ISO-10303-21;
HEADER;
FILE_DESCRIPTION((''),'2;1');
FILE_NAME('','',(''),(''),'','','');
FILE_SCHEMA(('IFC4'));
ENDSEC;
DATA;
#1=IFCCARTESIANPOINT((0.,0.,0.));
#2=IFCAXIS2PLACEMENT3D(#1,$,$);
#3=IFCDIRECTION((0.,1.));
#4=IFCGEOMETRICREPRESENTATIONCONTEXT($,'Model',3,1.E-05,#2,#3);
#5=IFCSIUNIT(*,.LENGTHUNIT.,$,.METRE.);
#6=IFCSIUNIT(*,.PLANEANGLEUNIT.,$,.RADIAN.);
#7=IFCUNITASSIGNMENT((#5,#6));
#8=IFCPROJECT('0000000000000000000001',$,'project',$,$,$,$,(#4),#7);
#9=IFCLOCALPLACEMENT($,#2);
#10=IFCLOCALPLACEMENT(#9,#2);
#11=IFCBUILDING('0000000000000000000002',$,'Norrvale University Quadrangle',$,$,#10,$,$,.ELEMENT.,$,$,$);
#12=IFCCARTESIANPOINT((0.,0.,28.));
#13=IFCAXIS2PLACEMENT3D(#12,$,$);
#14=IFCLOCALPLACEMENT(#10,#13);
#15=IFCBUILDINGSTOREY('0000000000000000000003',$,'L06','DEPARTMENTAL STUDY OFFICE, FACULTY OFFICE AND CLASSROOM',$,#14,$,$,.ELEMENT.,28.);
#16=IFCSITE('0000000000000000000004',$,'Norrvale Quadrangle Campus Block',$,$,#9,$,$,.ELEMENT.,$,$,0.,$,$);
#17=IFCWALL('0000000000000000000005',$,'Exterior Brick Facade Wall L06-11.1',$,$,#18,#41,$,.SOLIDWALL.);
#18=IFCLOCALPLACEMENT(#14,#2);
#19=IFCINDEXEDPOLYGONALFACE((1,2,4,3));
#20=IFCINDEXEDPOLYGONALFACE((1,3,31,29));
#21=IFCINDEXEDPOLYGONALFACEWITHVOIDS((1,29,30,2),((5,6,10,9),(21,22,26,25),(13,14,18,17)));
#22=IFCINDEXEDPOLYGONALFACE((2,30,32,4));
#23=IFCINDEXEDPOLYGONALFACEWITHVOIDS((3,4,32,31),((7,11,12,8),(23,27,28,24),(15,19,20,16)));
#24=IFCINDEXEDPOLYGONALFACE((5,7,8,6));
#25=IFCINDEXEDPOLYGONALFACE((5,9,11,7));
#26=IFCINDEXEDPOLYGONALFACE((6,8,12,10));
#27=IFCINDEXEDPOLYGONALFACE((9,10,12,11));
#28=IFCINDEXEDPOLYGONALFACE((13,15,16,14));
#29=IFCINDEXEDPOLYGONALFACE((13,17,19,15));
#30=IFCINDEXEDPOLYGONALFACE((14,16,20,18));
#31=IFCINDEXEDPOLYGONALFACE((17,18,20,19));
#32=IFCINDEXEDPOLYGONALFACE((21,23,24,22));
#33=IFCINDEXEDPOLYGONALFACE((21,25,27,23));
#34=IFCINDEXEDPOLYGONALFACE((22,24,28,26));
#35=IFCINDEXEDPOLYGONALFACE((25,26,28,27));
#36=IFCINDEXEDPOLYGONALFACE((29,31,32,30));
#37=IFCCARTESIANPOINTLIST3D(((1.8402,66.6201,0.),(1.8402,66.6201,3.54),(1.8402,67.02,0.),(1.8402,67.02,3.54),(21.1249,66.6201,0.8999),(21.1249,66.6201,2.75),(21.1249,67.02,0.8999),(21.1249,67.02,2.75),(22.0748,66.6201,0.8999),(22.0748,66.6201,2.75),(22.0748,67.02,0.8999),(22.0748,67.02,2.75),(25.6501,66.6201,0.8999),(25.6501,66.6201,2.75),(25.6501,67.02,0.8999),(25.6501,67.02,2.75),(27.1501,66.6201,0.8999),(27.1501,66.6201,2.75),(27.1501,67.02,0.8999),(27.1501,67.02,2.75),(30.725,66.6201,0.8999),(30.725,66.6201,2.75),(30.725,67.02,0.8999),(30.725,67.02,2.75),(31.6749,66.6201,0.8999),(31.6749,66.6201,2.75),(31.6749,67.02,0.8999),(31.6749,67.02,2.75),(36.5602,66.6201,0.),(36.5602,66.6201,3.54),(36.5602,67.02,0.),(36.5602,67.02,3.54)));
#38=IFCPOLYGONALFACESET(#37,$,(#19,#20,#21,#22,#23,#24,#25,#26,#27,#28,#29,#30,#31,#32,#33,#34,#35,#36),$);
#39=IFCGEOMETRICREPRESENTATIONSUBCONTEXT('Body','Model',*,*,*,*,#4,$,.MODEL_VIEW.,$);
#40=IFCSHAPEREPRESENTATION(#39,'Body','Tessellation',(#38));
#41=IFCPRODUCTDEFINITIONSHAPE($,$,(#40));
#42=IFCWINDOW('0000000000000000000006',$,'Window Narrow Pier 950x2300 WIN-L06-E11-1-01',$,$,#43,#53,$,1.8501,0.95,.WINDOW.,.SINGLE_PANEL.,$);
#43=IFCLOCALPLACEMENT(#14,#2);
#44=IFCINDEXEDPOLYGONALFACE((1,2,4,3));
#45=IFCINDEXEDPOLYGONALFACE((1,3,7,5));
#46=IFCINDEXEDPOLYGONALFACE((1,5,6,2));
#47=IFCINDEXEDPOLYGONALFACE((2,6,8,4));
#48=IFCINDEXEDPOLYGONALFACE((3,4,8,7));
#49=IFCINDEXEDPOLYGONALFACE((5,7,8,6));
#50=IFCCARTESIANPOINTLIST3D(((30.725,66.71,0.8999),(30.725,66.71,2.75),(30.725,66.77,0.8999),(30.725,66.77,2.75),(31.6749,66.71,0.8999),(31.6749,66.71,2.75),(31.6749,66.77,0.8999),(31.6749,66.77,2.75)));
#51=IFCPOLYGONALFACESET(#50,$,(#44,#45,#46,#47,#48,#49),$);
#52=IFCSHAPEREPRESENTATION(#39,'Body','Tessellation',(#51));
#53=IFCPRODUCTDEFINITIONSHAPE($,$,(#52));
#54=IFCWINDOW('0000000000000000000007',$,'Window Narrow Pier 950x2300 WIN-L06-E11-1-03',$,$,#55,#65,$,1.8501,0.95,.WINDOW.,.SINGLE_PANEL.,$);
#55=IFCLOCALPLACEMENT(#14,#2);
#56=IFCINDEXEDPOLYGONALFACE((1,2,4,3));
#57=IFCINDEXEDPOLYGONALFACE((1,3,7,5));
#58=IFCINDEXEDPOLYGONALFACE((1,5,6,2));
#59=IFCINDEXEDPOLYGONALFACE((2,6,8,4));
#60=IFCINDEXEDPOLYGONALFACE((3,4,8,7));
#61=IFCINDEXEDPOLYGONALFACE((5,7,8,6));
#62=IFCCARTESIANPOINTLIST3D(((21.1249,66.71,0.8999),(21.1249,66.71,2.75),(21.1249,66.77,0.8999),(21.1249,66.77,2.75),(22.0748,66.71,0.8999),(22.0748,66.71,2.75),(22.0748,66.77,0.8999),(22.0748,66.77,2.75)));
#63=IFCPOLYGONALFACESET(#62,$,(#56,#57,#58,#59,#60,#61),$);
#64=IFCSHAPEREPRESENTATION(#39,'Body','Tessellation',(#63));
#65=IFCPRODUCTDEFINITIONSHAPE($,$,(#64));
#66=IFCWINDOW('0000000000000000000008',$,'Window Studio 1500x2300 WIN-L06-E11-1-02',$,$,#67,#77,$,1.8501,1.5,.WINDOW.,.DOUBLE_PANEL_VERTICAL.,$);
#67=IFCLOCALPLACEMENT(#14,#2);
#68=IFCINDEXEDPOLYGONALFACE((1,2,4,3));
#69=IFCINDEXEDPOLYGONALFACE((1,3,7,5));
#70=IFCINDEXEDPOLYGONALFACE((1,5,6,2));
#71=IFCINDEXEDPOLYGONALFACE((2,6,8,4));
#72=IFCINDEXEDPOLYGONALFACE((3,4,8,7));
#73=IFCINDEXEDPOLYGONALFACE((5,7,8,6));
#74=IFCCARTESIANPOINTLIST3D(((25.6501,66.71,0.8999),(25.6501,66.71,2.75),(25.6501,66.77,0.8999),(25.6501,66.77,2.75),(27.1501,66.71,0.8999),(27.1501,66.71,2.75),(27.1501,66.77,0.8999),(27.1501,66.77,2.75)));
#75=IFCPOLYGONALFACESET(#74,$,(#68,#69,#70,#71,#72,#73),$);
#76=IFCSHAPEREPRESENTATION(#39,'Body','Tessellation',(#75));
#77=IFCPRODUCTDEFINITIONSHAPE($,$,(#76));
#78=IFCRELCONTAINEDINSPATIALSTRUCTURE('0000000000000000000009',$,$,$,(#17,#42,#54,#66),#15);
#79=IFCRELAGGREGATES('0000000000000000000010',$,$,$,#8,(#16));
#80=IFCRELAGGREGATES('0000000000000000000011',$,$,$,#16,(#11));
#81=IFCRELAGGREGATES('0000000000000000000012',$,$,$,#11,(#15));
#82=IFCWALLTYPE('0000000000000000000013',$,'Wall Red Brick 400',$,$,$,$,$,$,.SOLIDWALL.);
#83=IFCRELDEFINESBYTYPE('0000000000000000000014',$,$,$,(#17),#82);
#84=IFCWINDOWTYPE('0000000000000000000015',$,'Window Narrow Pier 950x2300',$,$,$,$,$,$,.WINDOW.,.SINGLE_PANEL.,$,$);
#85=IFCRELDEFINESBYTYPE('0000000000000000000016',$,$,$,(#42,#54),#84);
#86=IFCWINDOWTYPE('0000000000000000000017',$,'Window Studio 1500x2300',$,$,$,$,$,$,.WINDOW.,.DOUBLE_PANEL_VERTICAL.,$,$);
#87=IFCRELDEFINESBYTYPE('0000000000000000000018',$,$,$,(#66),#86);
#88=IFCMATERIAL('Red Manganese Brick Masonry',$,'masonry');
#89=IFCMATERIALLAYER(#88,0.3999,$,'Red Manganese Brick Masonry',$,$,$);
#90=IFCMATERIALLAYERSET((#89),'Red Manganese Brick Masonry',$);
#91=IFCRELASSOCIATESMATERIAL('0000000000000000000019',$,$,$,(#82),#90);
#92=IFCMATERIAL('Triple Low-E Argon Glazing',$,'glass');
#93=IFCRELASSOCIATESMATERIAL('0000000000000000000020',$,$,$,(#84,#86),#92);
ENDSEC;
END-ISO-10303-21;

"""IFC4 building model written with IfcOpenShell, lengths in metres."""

from ifc_helpers import new_model, si_unit, direction, frame, frame_2d, origin, place, context, subcontext, project, spatial, rectangle, extrude, material, layer, layer_set, type_object, element, fill, save


model = new_model("IFC4")

# Units and contexts
model_context = context("Model", 3, precision=1e-05, world=origin(), true_north=direction((0.0, 1.0)))
body_context = subcontext(model_context, "Body", "Model", "MODEL_VIEW")
ifc_project = project(units=[si_unit("LENGTHUNIT", "METRE"), si_unit("PLANEANGLEUNIT", "RADIAN")], contexts=[model_context])

# Site, building, storey
site_placement = place(None, origin())
site = spatial("IfcSite", under=ifc_project, at=site_placement, Name="Norrvale Quadrangle Campus Block", CompositionType="ELEMENT", RefElevation=0.0)
building_placement = place(site_placement, origin())
building = spatial("IfcBuilding", under=site, at=building_placement, Name="Norrvale University Quadrangle", CompositionType="ELEMENT")
storey_placement = place(building_placement, frame((0.0, 0.0, 28.0)))
storey = spatial("IfcBuildingStorey", under=building, at=storey_placement, Name="L06", Description="DEPARTMENTAL STUDY OFFICE, FACULTY OFFICE AND CLASSROOM", CompositionType="ELEMENT", Elevation=28.0)

# Shared definitions
ifc_material_1 = material(Name="Red Manganese Brick Masonry", Category="masonry")
ifc_layer = layer(ifc_material_1, 0.3999, Name="Red Manganese Brick Masonry")
ifc_layer_set = layer_set([ifc_layer], Name="Red Manganese Brick Masonry")
wall_type = type_object("IfcWallType", Name="Wall Red Brick 400", PredefinedType="SOLIDWALL", material=ifc_layer_set)

# Wall, openings, windows
wall_1_placement = place(storey_placement, frame((36.5601, 66.8201, 0.0), z_axis=(0.0, 0.0, 1.0), x_axis=(-1.0, 0.0, 0.0)))
wall_1 = element("IfcWall", 1, at=wall_1_placement, inside=storey, type_object=wall_type, Name="Exterior Brick Facade Wall L06-11.1", PredefinedType="SOLIDWALL", context=body_context, shape_type="SweptSolid", body=[
    extrude(rectangle(XDim=34.72, YDim=0.3999, at=frame_2d((17.3599, 0.0))), origin(), (0.0, 0.0, 1.0), 3.54),
])
opening_1_placement = place(wall_1_placement, frame((4.885, 0.0, 0.8999)))
opening_1 = element("IfcOpeningElement", 2, at=opening_1_placement, cuts=wall_1, PredefinedType="OPENING", context=body_context, shape_type="SweptSolid", body=[
    extrude(rectangle(XDim=0.95, YDim=1.8501, at=frame_2d((0.4751, 0.925))), frame((0.0, 0.2119, 0.0), z_axis=(0.0, -1.0, 0.0), x_axis=(1.0, 0.0, 0.0)), (0.0, 0.0, 1.0), 0.4238),
])
opening_2_placement = place(wall_1_placement, frame((9.4099, 0.0, 0.8999)))
opening_2 = element("IfcOpeningElement", 3, at=opening_2_placement, cuts=wall_1, PredefinedType="OPENING", context=body_context, shape_type="SweptSolid", body=[
    extrude(rectangle(XDim=1.5, YDim=1.8501, at=frame_2d((0.75, 0.925))), frame((0.0, 0.2119, 0.0), z_axis=(0.0, -1.0, 0.0), x_axis=(1.0, 0.0, 0.0)), (0.0, 0.0, 1.0), 0.4238),
])
opening_3_placement = place(wall_1_placement, frame((14.4851, 0.0, 0.8999)))
opening_3 = element("IfcOpeningElement", 4, at=opening_3_placement, cuts=wall_1, PredefinedType="OPENING", context=body_context, shape_type="SweptSolid", body=[
    extrude(rectangle(XDim=0.95, YDim=1.8501, at=frame_2d((0.4751, 0.925))), frame((0.0, 0.2119, 0.0), z_axis=(0.0, -1.0, 0.0), x_axis=(1.0, 0.0, 0.0)), (0.0, 0.0, 1.0), 0.4238),
])
ifc_material_2 = material(Name="Triple Low-E Argon Glazing", Category="glass")
window_type_1 = type_object("IfcWindowType", Name="Window Narrow Pier 950x2300", PartitioningType="SINGLE_PANEL", PredefinedType="WINDOW", material=ifc_material_2)
window_1_placement = place(opening_1_placement, origin())
window_1 = element("IfcWindow", 5, at=window_1_placement, inside=storey, type_object=window_type_1, Name="Window Narrow Pier 950x2300 WIN-L06-E11-1-01", OverallHeight=1.8501, OverallWidth=0.95, PartitioningType="SINGLE_PANEL", PredefinedType="WINDOW", context=body_context, shape_type="SweptSolid", body=[
    extrude(rectangle(XDim=0.95, YDim=1.8501, at=frame_2d((0.4751, 0.925))), frame((0.0, 0.1101, 0.0), z_axis=(0.0, -1.0, 0.0), x_axis=(1.0, 0.0, 0.0)), (0.0, 0.0, 1.0), 0.0601),
])
fill(opening_1, window_1)
window_2_placement = place(opening_3_placement, origin())
window_2 = element("IfcWindow", 6, at=window_2_placement, inside=storey, type_object=window_type_1, Name="Window Narrow Pier 950x2300 WIN-L06-E11-1-03", OverallHeight=1.8501, OverallWidth=0.95, PartitioningType="SINGLE_PANEL", PredefinedType="WINDOW", context=body_context, shape_type="SweptSolid", body=[
    extrude(rectangle(XDim=0.95, YDim=1.8501, at=frame_2d((0.4751, 0.925))), frame((0.0, 0.1101, 0.0), z_axis=(0.0, -1.0, 0.0), x_axis=(1.0, 0.0, 0.0)), (0.0, 0.0, 1.0), 0.0601),
])
fill(opening_3, window_2)
window_type_2 = type_object("IfcWindowType", Name="Window Studio 1500x2300", PartitioningType="DOUBLE_PANEL_VERTICAL", PredefinedType="WINDOW", material=ifc_material_2)
window_3_placement = place(opening_2_placement, origin())
window_3 = element("IfcWindow", 7, at=window_3_placement, inside=storey, type_object=window_type_2, Name="Window Studio 1500x2300 WIN-L06-E11-1-02", OverallHeight=1.8501, OverallWidth=1.5, PartitioningType="DOUBLE_PANEL_VERTICAL", PredefinedType="WINDOW", context=body_context, shape_type="SweptSolid", body=[
    extrude(rectangle(XDim=1.5, YDim=1.8501, at=frame_2d((0.75, 0.925))), frame((0.0, 0.1101, 0.0), z_axis=(0.0, -1.0, 0.0), x_axis=(1.0, 0.0, 0.0)), (0.0, 0.0, 1.0), 0.0601),
])
fill(opening_2, window_3)

save(model, "model.ifc")
